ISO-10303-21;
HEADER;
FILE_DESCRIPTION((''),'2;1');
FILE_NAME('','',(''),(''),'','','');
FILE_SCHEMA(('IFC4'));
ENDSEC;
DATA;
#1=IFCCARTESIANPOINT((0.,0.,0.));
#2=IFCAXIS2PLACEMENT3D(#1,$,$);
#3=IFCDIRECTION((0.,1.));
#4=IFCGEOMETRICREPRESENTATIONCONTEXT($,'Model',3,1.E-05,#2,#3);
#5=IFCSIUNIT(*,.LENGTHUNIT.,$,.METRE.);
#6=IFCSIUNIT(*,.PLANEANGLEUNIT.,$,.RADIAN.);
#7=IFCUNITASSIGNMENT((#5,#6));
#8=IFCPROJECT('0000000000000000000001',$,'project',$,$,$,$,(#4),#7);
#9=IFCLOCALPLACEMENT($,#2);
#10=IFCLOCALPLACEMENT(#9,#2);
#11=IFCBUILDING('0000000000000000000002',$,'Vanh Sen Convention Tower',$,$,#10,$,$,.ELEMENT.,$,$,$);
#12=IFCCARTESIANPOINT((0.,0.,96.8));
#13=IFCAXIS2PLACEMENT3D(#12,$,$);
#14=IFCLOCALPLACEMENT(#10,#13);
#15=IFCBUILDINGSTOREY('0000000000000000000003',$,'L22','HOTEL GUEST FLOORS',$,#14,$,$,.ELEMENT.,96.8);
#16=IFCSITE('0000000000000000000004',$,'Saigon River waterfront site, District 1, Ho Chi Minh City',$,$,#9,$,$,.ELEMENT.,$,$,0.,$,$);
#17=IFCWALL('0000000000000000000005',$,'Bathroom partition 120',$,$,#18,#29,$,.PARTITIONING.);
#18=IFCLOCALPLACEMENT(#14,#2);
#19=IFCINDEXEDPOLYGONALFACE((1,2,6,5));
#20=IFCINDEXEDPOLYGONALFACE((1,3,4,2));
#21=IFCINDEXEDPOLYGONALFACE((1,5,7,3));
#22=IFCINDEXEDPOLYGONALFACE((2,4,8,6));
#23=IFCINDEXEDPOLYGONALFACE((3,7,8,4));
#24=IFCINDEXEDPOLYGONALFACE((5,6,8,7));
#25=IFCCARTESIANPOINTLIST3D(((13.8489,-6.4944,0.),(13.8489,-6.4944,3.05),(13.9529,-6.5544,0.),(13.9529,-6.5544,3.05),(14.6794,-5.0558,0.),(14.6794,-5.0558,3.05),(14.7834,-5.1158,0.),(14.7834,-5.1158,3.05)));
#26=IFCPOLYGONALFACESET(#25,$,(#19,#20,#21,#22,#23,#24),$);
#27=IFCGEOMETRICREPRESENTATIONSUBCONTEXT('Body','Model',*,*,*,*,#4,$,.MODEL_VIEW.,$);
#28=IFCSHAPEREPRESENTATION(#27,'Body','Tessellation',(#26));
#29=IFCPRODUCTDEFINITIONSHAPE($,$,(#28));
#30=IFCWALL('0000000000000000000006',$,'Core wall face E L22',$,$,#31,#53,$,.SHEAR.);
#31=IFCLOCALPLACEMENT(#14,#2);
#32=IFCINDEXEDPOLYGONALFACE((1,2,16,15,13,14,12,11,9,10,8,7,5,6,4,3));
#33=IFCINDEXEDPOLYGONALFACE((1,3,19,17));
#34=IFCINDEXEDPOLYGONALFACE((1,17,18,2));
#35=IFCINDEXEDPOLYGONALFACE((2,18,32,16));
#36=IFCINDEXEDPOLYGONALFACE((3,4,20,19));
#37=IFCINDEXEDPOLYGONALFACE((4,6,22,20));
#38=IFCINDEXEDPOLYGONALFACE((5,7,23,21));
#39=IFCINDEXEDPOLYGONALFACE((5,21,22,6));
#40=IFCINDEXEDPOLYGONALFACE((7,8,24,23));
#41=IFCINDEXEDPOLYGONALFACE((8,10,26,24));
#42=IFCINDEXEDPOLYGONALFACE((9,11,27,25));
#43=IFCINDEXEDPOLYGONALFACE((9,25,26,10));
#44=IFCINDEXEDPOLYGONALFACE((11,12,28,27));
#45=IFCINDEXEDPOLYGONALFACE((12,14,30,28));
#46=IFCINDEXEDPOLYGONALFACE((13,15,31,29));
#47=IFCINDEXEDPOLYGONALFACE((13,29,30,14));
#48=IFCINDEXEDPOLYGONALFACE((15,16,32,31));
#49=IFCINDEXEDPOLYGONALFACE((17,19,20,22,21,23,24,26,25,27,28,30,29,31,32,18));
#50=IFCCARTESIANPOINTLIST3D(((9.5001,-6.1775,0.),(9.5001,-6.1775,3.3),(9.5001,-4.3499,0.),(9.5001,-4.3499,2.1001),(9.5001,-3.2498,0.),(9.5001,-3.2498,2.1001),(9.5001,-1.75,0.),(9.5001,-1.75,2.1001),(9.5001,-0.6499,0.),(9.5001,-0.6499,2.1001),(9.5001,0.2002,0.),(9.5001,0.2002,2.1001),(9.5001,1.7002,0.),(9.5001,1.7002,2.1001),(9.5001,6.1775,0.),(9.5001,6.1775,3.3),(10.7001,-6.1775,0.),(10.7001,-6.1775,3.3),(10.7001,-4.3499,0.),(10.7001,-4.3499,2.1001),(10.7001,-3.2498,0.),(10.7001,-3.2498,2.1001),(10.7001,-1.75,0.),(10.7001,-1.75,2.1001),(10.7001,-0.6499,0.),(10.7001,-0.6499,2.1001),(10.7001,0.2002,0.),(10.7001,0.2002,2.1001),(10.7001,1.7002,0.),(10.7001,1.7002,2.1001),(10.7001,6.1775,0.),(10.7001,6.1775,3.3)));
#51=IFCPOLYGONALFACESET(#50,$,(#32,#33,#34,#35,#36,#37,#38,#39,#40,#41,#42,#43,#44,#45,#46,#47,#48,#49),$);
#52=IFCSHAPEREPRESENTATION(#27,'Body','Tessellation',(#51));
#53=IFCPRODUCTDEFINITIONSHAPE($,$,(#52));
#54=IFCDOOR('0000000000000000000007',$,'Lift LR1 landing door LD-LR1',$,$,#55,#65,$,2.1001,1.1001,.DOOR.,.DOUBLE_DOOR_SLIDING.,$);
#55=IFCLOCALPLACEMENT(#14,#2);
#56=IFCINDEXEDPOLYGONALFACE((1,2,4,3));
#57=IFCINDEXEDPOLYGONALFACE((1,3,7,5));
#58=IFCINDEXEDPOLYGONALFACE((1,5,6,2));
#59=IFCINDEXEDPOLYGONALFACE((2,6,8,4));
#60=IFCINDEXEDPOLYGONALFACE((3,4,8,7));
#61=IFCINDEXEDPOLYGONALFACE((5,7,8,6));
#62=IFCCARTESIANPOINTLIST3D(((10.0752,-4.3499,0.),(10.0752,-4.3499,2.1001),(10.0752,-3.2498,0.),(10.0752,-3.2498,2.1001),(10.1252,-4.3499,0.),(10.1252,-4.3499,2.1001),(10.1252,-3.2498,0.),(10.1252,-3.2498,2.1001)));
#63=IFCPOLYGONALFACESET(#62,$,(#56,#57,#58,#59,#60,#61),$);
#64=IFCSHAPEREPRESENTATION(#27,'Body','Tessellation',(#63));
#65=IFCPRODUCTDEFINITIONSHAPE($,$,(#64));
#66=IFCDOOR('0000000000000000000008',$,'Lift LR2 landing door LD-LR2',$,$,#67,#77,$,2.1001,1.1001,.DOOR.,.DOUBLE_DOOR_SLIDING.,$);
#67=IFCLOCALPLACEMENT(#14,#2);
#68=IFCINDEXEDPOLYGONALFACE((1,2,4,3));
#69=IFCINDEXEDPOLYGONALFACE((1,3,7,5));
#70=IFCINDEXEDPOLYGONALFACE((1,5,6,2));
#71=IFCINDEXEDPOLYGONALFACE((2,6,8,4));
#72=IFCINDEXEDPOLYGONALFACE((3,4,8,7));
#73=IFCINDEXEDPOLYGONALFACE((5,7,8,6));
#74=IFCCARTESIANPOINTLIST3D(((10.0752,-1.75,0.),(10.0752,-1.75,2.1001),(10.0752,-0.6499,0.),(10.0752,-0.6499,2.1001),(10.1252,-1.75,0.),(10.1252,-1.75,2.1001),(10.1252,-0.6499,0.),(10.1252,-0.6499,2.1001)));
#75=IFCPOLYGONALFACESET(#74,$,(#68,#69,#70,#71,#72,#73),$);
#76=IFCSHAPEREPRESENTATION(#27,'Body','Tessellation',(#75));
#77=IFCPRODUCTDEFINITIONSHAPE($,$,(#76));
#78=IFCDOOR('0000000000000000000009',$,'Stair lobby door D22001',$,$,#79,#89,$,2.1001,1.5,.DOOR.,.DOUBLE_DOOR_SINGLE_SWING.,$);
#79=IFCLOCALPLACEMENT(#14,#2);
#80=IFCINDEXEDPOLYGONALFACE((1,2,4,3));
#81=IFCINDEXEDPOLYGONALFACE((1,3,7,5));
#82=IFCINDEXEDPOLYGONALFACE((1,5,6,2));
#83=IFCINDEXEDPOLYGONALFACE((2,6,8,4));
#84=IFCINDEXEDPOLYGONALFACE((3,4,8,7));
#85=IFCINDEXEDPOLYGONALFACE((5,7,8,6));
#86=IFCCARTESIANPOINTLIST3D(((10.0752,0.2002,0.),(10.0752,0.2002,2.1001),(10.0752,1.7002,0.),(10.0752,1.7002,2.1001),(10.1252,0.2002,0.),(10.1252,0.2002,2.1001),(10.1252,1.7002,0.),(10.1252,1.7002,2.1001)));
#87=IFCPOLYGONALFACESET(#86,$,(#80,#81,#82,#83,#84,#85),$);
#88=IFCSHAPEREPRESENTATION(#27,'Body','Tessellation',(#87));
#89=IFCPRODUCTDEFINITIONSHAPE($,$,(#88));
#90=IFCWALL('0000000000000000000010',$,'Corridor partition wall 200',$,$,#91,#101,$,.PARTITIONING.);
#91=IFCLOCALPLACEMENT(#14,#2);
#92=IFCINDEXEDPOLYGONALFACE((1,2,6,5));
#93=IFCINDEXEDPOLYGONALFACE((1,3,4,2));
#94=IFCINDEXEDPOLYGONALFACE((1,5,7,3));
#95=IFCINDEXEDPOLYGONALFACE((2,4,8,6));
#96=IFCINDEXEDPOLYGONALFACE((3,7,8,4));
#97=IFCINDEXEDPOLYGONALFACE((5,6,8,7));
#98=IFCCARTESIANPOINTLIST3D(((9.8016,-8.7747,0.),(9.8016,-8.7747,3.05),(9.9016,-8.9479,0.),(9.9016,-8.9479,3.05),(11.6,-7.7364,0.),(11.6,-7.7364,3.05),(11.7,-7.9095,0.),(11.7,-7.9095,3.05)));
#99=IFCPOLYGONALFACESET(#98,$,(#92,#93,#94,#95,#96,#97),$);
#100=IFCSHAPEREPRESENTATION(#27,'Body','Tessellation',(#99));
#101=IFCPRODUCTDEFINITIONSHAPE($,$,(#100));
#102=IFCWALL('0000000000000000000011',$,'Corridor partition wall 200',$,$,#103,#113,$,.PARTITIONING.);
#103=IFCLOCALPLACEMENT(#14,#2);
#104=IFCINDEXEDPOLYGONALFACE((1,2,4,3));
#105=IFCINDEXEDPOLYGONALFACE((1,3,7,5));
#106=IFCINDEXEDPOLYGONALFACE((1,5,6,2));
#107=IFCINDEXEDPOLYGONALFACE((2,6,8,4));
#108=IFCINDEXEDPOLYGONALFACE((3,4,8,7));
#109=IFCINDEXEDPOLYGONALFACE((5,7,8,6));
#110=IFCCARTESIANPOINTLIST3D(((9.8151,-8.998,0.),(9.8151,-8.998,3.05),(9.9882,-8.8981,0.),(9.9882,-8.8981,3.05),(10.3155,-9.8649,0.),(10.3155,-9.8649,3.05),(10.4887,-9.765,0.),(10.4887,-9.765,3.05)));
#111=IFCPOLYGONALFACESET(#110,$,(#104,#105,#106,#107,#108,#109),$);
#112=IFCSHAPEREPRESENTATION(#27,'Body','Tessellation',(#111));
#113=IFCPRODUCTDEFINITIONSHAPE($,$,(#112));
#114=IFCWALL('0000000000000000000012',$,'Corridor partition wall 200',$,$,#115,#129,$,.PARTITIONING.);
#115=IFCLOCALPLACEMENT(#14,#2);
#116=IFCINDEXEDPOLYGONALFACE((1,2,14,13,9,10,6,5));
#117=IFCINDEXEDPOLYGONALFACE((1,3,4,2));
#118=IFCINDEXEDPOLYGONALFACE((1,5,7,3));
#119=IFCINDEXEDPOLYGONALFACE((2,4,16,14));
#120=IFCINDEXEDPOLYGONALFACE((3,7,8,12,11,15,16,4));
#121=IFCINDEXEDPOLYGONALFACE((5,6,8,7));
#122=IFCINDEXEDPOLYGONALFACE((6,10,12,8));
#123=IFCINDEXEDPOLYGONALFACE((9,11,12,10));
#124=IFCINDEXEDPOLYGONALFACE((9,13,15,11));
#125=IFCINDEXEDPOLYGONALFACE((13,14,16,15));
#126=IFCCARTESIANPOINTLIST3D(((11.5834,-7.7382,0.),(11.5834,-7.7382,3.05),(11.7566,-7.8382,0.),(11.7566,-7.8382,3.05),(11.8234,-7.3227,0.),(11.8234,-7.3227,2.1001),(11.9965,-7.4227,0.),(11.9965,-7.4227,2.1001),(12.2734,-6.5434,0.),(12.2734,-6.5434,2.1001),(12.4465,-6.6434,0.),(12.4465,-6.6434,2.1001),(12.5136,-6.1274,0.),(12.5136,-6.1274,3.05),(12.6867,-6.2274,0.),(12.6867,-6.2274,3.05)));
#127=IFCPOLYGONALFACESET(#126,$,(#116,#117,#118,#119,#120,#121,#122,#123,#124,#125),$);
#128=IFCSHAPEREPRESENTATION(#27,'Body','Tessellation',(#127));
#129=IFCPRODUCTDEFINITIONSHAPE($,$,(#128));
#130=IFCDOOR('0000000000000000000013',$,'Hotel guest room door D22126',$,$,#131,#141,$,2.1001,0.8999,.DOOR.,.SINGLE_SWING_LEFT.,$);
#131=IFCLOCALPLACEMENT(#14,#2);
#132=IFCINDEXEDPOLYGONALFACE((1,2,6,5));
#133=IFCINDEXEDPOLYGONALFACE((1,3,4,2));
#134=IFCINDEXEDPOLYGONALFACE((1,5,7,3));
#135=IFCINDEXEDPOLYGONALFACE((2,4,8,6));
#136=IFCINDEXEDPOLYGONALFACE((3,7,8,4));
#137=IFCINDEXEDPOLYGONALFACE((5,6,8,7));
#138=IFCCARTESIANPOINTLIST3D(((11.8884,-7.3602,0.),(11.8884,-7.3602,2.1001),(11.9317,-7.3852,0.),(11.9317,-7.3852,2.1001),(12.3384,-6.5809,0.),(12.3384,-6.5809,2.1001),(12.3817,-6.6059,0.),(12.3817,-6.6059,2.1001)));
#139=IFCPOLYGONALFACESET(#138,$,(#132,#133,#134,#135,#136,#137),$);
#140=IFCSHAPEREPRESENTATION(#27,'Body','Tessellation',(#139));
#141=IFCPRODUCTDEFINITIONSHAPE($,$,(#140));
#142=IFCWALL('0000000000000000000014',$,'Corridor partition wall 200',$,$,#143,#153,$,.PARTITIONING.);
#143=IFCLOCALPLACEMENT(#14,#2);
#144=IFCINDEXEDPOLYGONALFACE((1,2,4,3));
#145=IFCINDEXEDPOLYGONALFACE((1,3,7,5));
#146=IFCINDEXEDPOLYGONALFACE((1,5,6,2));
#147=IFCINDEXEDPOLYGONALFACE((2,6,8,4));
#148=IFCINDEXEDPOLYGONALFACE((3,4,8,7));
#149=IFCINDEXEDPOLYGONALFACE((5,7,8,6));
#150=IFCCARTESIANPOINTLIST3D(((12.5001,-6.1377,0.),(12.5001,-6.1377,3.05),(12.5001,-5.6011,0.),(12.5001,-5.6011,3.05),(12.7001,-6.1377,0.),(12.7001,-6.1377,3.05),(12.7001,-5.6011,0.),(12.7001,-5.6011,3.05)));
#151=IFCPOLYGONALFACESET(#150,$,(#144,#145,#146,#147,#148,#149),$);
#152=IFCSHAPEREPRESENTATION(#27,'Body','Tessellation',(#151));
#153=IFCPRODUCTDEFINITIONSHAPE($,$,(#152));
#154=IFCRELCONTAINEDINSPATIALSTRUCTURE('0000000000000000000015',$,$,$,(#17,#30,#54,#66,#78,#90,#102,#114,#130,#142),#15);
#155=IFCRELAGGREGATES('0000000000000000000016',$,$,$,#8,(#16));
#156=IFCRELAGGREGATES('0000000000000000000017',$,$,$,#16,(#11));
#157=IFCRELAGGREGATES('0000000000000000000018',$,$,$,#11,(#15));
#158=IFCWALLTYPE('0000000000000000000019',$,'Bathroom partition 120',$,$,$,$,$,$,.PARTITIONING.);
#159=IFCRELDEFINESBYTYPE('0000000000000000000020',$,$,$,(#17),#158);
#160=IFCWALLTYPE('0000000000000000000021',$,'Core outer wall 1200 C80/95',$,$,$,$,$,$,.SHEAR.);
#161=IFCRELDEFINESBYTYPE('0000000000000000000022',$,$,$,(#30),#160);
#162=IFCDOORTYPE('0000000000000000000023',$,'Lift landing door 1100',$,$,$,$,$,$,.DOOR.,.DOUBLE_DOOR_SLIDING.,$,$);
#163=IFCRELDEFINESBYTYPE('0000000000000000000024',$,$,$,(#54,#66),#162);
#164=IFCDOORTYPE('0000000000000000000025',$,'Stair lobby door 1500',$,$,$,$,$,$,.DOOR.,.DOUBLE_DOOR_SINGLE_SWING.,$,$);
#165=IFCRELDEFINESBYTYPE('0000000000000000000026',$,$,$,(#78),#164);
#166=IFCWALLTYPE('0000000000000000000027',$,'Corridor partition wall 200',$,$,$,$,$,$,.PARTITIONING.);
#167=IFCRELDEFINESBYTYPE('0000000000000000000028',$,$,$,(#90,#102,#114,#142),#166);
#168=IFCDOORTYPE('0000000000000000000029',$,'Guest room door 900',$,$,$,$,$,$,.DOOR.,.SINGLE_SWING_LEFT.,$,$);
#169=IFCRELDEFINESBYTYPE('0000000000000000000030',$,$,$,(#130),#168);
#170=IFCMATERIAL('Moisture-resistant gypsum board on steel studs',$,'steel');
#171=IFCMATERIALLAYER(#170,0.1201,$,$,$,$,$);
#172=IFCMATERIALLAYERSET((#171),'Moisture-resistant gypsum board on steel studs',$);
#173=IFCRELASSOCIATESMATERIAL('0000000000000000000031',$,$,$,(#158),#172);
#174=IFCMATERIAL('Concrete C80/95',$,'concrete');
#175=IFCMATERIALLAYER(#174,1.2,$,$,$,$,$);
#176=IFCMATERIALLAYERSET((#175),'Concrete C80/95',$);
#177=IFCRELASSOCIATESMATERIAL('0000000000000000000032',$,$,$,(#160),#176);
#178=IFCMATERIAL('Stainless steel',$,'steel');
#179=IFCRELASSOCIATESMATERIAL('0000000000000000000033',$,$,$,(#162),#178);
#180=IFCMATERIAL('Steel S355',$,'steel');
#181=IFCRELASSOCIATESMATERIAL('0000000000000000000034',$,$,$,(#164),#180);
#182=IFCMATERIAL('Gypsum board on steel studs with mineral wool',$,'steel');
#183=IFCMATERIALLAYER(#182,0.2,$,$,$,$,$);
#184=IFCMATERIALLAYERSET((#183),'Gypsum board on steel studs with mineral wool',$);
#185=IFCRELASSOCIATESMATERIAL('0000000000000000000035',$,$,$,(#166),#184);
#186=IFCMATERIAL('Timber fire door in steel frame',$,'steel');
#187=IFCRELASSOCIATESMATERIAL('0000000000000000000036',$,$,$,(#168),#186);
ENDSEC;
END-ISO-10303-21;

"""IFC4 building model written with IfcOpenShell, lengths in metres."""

from ifc_helpers import new_model, si_unit, direction, frame, frame_2d, origin, place, context, subcontext, project, spatial, rectangle, extrude, material, layer, layer_set, type_object, element, fill, save


model = new_model("IFC4")

# Units and contexts
model_context = context("Model", 3, precision=1e-05, world=origin(), true_north=direction((0.0, 1.0)))
body_context = subcontext(model_context, "Body", "Model", "MODEL_VIEW")
ifc_project = project(units=[si_unit("LENGTHUNIT", "METRE"), si_unit("PLANEANGLEUNIT", "RADIAN")], contexts=[model_context])

# Site, building, storey
site_placement = place(None, origin())
site = spatial("IfcSite", under=ifc_project, at=site_placement, Name="Saigon River waterfront site, District 1, Ho Chi Minh City", CompositionType="ELEMENT", RefElevation=0.0)
building_placement = place(site_placement, origin())
building = spatial("IfcBuilding", under=site, at=building_placement, Name="Vanh Sen Convention Tower", CompositionType="ELEMENT")
storey_placement = place(building_placement, frame((0.0, 0.0, 96.8)))
storey = spatial("IfcBuildingStorey", under=building, at=storey_placement, Name="L22", Description="HOTEL GUEST FLOORS", CompositionType="ELEMENT", Elevation=96.8)

# Wall
ifc_material_1 = material(Name="Moisture-resistant gypsum board on steel studs", Category="steel")
ifc_layer_1 = layer(ifc_material_1, 0.1201)
ifc_layer_set_1 = layer_set([ifc_layer_1], Name="Moisture-resistant gypsum board on steel studs")
wall_type_1 = type_object("IfcWallType", Name="Bathroom partition 120", PredefinedType="PARTITIONING", material=ifc_layer_set_1)
wall_1_placement = place(storey_placement, frame((13.9009, -6.5244, 0.0), z_axis=(0.0, 0.0, 1.0), x_axis=(0.499964, 0.866046, 0.0)))
element("IfcWall", 1, at=wall_1_placement, inside=storey, type_object=wall_type_1, Name="Bathroom partition 120", PredefinedType="PARTITIONING", context=body_context, shape_type="SweptSolid", body=[
    extrude(rectangle(XDim=1.6611, YDim=0.1201, at=frame_2d((0.8306, 0.0))), origin(), (0.0, 0.0, 1.0), 3.05),
])

# Wall, openings, doors
ifc_material_2 = material(Name="Concrete C80/95", Category="concrete")
ifc_layer_2 = layer(ifc_material_2, 1.2)
ifc_layer_set_2 = layer_set([ifc_layer_2], Name="Concrete C80/95")
wall_type_2 = type_object("IfcWallType", Name="Core outer wall 1200 C80/95", PredefinedType="SHEAR", material=ifc_layer_set_2)
wall_2_placement = place(storey_placement, frame((10.1001, -6.1775, 0.0), z_axis=(0.0, 0.0, 1.0), x_axis=(0.0, 1.0, 0.0)))
wall_2 = element("IfcWall", 2, at=wall_2_placement, inside=storey, type_object=wall_type_2, Name="Core wall face E L22", PredefinedType="SHEAR", context=body_context, shape_type="SweptSolid", body=[
    extrude(rectangle(XDim=12.355, YDim=1.2, at=frame_2d((6.1775, 0.0))), origin(), (0.0, 0.0, 1.0), 3.3),
])
opening_1_placement = place(wall_2_placement, frame((6.3777, 0.0, 0.0)))
opening_1 = element("IfcOpeningElement", 3, at=opening_1_placement, cuts=wall_2, PredefinedType="OPENING", context=body_context, shape_type="SweptSolid", body=[
    extrude(rectangle(XDim=1.5, YDim=2.1001, at=frame_2d((0.75, 1.05))), frame((0.0, 0.6099, 0.0), z_axis=(0.0, -1.0, 0.0), x_axis=(1.0, 0.0, 0.0)), (0.0, 0.0, 1.0), 1.22),
])
opening_2_placement = place(wall_2_placement, frame((1.8276, 0.0, 0.0)))
opening_2 = element("IfcOpeningElement", 4, at=opening_2_placement, cuts=wall_2, PredefinedType="OPENING", context=body_context, shape_type="SweptSolid", body=[
    extrude(rectangle(XDim=1.1001, YDim=2.1001, at=frame_2d((0.55, 1.05))), frame((0.0, 0.6099, 0.0), z_axis=(0.0, -1.0, 0.0), x_axis=(1.0, 0.0, 0.0)), (0.0, 0.0, 1.0), 1.22),
])
opening_3_placement = place(wall_2_placement, frame((4.4275, 0.0, 0.0)))
opening_3 = element("IfcOpeningElement", 5, at=opening_3_placement, cuts=wall_2, PredefinedType="OPENING", context=body_context, shape_type="SweptSolid", body=[
    extrude(rectangle(XDim=1.1001, YDim=2.1001, at=frame_2d((0.55, 1.05))), frame((0.0, 0.6099, 0.0), z_axis=(0.0, -1.0, 0.0), x_axis=(1.0, 0.0, 0.0)), (0.0, 0.0, 1.0), 1.22),
])
ifc_material_3 = material(Name="Stainless steel", Category="steel")
door_type_1 = type_object("IfcDoorType", Name="Lift landing door 1100", OperationType="DOUBLE_DOOR_SLIDING", PredefinedType="DOOR", material=ifc_material_3)
door_1_placement = place(opening_2_placement, origin())
door_1 = element("IfcDoor", 6, at=door_1_placement, inside=storey, type_object=door_type_1, Name="Lift LR1 landing door LD-LR1", OperationType="DOUBLE_DOOR_SLIDING", OverallHeight=2.1001, OverallWidth=1.1001, PredefinedType="DOOR", context=body_context, shape_type="SweptSolid", body=[
    extrude(rectangle(XDim=1.1001, YDim=2.1001, at=frame_2d((0.55, 1.05))), frame((0.0, 0.0249, 0.0), z_axis=(0.0, -1.0, 0.0), x_axis=(1.0, 0.0, 0.0)), (0.0, 0.0, 1.0), 0.05),
])
fill(opening_2, door_1)
door_2_placement = place(opening_3_placement, origin())
door_2 = element("IfcDoor", 7, at=door_2_placement, inside=storey, type_object=door_type_1, Name="Lift LR2 landing door LD-LR2", OperationType="DOUBLE_DOOR_SLIDING", OverallHeight=2.1001, OverallWidth=1.1001, PredefinedType="DOOR", context=body_context, shape_type="SweptSolid", body=[
    extrude(rectangle(XDim=1.1001, YDim=2.1001, at=frame_2d((0.55, 1.05))), frame((0.0, 0.0249, 0.0), z_axis=(0.0, -1.0, 0.0), x_axis=(1.0, 0.0, 0.0)), (0.0, 0.0, 1.0), 0.05),
])
fill(opening_3, door_2)
ifc_material_4 = material(Name="Steel S355", Category="steel")
door_type_2 = type_object("IfcDoorType", Name="Stair lobby door 1500", OperationType="DOUBLE_DOOR_SINGLE_SWING", PredefinedType="DOOR", material=ifc_material_4)
door_3_placement = place(opening_1_placement, origin())
door_3 = element("IfcDoor", 8, at=door_3_placement, inside=storey, type_object=door_type_2, Name="Stair lobby door D22001", OperationType="DOUBLE_DOOR_SINGLE_SWING", OverallHeight=2.1001, OverallWidth=1.5, PredefinedType="DOOR", context=body_context, shape_type="SweptSolid", body=[
    extrude(rectangle(XDim=1.5, YDim=2.1001, at=frame_2d((0.75, 1.05))), frame((0.0, 0.0249, 0.0), z_axis=(0.0, -1.0, 0.0), x_axis=(1.0, 0.0, 0.0)), (0.0, 0.0, 1.0), 0.05),
])
fill(opening_1, door_3)

# Walls
ifc_material_5 = material(Name="Gypsum board on steel studs with mineral wool", Category="steel")
ifc_layer_3 = layer(ifc_material_5, 0.2)
ifc_layer_set_3 = layer_set([ifc_layer_3], Name="Gypsum board on steel studs with mineral wool")
wall_type_3 = type_object("IfcWallType", Name="Corridor partition wall 200", PredefinedType="PARTITIONING", material=ifc_layer_set_3)
wall_3_placement = place(storey_placement, frame((9.8516, -8.8613, 0.0), z_axis=(0.0, 0.0, 1.0), x_axis=(0.866013, 0.500021, 0.0)))
element("IfcWall", 9, at=wall_3_placement, inside=storey, type_object=wall_type_3, Name="Corridor partition wall 200", PredefinedType="PARTITIONING", context=body_context, shape_type="SweptSolid", body=[
    extrude(rectangle(XDim=2.0767, YDim=0.2, at=frame_2d((1.0383, 0.0))), origin(), (0.0, 0.0, 1.0), 3.05),
])
wall_4_placement = place(storey_placement, frame((10.4021, -9.8149, 0.0), z_axis=(0.0, 0.0, 1.0), x_axis=(-0.499969, 0.866043, 0.0)))
element("IfcWall", 10, at=wall_4_placement, inside=storey, type_object=wall_type_3, Name="Corridor partition wall 200", PredefinedType="PARTITIONING", context=body_context, shape_type="SweptSolid", body=[
    extrude(rectangle(XDim=1.001, YDim=0.2, at=frame_2d((0.5005, 0.0))), origin(), (0.0, 0.0, 1.0), 3.05),
])

# Wall, opening, door
wall_5_placement = place(storey_placement, frame((11.6699, -7.7883, 0.0), z_axis=(0.0, 0.0, 1.0), x_axis=(0.500063, 0.865989, 0.0)))
wall_5 = element("IfcWall", 11, at=wall_5_placement, inside=storey, type_object=wall_type_3, Name="Corridor partition wall 200", PredefinedType="PARTITIONING", context=body_context, shape_type="SweptSolid", body=[
    extrude(rectangle(XDim=1.8601, YDim=0.2, at=frame_2d((0.9302, 0.0))), origin(), (0.0, 0.0, 1.0), 3.05),
])
opening_4_placement = place(wall_5_placement, frame((0.48, 0.0, 0.0)))
opening_4 = element("IfcOpeningElement", 12, at=opening_4_placement, cuts=wall_5, PredefinedType="OPENING", context=body_context, shape_type="SweptSolid", body=[
    extrude(rectangle(XDim=0.8999, YDim=2.1001, at=frame_2d((0.45, 1.05))), frame((0.0, 0.1099, 0.0), z_axis=(0.0, -1.0, 0.0), x_axis=(1.0, 0.0, 0.0)), (0.0, 0.0, 1.0), 0.22),
])
ifc_material_6 = material(Name="Timber fire door in steel frame", Category="steel")
door_type_3 = type_object("IfcDoorType", Name="Guest room door 900", OperationType="SINGLE_SWING_LEFT", PredefinedType="DOOR", material=ifc_material_6)
door_4_placement = place(opening_4_placement, origin())
door_4 = element("IfcDoor", 13, at=door_4_placement, inside=storey, type_object=door_type_3, Name="Hotel guest room door D22126", OperationType="SINGLE_SWING_LEFT", OverallHeight=2.1001, OverallWidth=0.8999, PredefinedType="DOOR", context=body_context, shape_type="SweptSolid", body=[
    extrude(rectangle(XDim=0.8999, YDim=2.1001, at=frame_2d((0.45, 1.05))), frame((0.0, 0.0249, 0.0), z_axis=(0.0, -1.0, 0.0), x_axis=(1.0, 0.0, 0.0)), (0.0, 0.0, 1.0), 0.05),
])
fill(opening_4, door_4)

# Wall
wall_6_placement = place(storey_placement, frame((12.6001, -6.1377, 0.0), z_axis=(0.0, 0.0, 1.0), x_axis=(0.0, 1.0, 0.0)))
element("IfcWall", 14, at=wall_6_placement, inside=storey, type_object=wall_type_3, Name="Corridor partition wall 200", PredefinedType="PARTITIONING", context=body_context, shape_type="SweptSolid", body=[
    extrude(rectangle(XDim=0.5366, YDim=0.2, at=frame_2d((0.2683, 0.0))), origin(), (0.0, 0.0, 1.0), 3.05),
])

save(model, "model.ifc")
